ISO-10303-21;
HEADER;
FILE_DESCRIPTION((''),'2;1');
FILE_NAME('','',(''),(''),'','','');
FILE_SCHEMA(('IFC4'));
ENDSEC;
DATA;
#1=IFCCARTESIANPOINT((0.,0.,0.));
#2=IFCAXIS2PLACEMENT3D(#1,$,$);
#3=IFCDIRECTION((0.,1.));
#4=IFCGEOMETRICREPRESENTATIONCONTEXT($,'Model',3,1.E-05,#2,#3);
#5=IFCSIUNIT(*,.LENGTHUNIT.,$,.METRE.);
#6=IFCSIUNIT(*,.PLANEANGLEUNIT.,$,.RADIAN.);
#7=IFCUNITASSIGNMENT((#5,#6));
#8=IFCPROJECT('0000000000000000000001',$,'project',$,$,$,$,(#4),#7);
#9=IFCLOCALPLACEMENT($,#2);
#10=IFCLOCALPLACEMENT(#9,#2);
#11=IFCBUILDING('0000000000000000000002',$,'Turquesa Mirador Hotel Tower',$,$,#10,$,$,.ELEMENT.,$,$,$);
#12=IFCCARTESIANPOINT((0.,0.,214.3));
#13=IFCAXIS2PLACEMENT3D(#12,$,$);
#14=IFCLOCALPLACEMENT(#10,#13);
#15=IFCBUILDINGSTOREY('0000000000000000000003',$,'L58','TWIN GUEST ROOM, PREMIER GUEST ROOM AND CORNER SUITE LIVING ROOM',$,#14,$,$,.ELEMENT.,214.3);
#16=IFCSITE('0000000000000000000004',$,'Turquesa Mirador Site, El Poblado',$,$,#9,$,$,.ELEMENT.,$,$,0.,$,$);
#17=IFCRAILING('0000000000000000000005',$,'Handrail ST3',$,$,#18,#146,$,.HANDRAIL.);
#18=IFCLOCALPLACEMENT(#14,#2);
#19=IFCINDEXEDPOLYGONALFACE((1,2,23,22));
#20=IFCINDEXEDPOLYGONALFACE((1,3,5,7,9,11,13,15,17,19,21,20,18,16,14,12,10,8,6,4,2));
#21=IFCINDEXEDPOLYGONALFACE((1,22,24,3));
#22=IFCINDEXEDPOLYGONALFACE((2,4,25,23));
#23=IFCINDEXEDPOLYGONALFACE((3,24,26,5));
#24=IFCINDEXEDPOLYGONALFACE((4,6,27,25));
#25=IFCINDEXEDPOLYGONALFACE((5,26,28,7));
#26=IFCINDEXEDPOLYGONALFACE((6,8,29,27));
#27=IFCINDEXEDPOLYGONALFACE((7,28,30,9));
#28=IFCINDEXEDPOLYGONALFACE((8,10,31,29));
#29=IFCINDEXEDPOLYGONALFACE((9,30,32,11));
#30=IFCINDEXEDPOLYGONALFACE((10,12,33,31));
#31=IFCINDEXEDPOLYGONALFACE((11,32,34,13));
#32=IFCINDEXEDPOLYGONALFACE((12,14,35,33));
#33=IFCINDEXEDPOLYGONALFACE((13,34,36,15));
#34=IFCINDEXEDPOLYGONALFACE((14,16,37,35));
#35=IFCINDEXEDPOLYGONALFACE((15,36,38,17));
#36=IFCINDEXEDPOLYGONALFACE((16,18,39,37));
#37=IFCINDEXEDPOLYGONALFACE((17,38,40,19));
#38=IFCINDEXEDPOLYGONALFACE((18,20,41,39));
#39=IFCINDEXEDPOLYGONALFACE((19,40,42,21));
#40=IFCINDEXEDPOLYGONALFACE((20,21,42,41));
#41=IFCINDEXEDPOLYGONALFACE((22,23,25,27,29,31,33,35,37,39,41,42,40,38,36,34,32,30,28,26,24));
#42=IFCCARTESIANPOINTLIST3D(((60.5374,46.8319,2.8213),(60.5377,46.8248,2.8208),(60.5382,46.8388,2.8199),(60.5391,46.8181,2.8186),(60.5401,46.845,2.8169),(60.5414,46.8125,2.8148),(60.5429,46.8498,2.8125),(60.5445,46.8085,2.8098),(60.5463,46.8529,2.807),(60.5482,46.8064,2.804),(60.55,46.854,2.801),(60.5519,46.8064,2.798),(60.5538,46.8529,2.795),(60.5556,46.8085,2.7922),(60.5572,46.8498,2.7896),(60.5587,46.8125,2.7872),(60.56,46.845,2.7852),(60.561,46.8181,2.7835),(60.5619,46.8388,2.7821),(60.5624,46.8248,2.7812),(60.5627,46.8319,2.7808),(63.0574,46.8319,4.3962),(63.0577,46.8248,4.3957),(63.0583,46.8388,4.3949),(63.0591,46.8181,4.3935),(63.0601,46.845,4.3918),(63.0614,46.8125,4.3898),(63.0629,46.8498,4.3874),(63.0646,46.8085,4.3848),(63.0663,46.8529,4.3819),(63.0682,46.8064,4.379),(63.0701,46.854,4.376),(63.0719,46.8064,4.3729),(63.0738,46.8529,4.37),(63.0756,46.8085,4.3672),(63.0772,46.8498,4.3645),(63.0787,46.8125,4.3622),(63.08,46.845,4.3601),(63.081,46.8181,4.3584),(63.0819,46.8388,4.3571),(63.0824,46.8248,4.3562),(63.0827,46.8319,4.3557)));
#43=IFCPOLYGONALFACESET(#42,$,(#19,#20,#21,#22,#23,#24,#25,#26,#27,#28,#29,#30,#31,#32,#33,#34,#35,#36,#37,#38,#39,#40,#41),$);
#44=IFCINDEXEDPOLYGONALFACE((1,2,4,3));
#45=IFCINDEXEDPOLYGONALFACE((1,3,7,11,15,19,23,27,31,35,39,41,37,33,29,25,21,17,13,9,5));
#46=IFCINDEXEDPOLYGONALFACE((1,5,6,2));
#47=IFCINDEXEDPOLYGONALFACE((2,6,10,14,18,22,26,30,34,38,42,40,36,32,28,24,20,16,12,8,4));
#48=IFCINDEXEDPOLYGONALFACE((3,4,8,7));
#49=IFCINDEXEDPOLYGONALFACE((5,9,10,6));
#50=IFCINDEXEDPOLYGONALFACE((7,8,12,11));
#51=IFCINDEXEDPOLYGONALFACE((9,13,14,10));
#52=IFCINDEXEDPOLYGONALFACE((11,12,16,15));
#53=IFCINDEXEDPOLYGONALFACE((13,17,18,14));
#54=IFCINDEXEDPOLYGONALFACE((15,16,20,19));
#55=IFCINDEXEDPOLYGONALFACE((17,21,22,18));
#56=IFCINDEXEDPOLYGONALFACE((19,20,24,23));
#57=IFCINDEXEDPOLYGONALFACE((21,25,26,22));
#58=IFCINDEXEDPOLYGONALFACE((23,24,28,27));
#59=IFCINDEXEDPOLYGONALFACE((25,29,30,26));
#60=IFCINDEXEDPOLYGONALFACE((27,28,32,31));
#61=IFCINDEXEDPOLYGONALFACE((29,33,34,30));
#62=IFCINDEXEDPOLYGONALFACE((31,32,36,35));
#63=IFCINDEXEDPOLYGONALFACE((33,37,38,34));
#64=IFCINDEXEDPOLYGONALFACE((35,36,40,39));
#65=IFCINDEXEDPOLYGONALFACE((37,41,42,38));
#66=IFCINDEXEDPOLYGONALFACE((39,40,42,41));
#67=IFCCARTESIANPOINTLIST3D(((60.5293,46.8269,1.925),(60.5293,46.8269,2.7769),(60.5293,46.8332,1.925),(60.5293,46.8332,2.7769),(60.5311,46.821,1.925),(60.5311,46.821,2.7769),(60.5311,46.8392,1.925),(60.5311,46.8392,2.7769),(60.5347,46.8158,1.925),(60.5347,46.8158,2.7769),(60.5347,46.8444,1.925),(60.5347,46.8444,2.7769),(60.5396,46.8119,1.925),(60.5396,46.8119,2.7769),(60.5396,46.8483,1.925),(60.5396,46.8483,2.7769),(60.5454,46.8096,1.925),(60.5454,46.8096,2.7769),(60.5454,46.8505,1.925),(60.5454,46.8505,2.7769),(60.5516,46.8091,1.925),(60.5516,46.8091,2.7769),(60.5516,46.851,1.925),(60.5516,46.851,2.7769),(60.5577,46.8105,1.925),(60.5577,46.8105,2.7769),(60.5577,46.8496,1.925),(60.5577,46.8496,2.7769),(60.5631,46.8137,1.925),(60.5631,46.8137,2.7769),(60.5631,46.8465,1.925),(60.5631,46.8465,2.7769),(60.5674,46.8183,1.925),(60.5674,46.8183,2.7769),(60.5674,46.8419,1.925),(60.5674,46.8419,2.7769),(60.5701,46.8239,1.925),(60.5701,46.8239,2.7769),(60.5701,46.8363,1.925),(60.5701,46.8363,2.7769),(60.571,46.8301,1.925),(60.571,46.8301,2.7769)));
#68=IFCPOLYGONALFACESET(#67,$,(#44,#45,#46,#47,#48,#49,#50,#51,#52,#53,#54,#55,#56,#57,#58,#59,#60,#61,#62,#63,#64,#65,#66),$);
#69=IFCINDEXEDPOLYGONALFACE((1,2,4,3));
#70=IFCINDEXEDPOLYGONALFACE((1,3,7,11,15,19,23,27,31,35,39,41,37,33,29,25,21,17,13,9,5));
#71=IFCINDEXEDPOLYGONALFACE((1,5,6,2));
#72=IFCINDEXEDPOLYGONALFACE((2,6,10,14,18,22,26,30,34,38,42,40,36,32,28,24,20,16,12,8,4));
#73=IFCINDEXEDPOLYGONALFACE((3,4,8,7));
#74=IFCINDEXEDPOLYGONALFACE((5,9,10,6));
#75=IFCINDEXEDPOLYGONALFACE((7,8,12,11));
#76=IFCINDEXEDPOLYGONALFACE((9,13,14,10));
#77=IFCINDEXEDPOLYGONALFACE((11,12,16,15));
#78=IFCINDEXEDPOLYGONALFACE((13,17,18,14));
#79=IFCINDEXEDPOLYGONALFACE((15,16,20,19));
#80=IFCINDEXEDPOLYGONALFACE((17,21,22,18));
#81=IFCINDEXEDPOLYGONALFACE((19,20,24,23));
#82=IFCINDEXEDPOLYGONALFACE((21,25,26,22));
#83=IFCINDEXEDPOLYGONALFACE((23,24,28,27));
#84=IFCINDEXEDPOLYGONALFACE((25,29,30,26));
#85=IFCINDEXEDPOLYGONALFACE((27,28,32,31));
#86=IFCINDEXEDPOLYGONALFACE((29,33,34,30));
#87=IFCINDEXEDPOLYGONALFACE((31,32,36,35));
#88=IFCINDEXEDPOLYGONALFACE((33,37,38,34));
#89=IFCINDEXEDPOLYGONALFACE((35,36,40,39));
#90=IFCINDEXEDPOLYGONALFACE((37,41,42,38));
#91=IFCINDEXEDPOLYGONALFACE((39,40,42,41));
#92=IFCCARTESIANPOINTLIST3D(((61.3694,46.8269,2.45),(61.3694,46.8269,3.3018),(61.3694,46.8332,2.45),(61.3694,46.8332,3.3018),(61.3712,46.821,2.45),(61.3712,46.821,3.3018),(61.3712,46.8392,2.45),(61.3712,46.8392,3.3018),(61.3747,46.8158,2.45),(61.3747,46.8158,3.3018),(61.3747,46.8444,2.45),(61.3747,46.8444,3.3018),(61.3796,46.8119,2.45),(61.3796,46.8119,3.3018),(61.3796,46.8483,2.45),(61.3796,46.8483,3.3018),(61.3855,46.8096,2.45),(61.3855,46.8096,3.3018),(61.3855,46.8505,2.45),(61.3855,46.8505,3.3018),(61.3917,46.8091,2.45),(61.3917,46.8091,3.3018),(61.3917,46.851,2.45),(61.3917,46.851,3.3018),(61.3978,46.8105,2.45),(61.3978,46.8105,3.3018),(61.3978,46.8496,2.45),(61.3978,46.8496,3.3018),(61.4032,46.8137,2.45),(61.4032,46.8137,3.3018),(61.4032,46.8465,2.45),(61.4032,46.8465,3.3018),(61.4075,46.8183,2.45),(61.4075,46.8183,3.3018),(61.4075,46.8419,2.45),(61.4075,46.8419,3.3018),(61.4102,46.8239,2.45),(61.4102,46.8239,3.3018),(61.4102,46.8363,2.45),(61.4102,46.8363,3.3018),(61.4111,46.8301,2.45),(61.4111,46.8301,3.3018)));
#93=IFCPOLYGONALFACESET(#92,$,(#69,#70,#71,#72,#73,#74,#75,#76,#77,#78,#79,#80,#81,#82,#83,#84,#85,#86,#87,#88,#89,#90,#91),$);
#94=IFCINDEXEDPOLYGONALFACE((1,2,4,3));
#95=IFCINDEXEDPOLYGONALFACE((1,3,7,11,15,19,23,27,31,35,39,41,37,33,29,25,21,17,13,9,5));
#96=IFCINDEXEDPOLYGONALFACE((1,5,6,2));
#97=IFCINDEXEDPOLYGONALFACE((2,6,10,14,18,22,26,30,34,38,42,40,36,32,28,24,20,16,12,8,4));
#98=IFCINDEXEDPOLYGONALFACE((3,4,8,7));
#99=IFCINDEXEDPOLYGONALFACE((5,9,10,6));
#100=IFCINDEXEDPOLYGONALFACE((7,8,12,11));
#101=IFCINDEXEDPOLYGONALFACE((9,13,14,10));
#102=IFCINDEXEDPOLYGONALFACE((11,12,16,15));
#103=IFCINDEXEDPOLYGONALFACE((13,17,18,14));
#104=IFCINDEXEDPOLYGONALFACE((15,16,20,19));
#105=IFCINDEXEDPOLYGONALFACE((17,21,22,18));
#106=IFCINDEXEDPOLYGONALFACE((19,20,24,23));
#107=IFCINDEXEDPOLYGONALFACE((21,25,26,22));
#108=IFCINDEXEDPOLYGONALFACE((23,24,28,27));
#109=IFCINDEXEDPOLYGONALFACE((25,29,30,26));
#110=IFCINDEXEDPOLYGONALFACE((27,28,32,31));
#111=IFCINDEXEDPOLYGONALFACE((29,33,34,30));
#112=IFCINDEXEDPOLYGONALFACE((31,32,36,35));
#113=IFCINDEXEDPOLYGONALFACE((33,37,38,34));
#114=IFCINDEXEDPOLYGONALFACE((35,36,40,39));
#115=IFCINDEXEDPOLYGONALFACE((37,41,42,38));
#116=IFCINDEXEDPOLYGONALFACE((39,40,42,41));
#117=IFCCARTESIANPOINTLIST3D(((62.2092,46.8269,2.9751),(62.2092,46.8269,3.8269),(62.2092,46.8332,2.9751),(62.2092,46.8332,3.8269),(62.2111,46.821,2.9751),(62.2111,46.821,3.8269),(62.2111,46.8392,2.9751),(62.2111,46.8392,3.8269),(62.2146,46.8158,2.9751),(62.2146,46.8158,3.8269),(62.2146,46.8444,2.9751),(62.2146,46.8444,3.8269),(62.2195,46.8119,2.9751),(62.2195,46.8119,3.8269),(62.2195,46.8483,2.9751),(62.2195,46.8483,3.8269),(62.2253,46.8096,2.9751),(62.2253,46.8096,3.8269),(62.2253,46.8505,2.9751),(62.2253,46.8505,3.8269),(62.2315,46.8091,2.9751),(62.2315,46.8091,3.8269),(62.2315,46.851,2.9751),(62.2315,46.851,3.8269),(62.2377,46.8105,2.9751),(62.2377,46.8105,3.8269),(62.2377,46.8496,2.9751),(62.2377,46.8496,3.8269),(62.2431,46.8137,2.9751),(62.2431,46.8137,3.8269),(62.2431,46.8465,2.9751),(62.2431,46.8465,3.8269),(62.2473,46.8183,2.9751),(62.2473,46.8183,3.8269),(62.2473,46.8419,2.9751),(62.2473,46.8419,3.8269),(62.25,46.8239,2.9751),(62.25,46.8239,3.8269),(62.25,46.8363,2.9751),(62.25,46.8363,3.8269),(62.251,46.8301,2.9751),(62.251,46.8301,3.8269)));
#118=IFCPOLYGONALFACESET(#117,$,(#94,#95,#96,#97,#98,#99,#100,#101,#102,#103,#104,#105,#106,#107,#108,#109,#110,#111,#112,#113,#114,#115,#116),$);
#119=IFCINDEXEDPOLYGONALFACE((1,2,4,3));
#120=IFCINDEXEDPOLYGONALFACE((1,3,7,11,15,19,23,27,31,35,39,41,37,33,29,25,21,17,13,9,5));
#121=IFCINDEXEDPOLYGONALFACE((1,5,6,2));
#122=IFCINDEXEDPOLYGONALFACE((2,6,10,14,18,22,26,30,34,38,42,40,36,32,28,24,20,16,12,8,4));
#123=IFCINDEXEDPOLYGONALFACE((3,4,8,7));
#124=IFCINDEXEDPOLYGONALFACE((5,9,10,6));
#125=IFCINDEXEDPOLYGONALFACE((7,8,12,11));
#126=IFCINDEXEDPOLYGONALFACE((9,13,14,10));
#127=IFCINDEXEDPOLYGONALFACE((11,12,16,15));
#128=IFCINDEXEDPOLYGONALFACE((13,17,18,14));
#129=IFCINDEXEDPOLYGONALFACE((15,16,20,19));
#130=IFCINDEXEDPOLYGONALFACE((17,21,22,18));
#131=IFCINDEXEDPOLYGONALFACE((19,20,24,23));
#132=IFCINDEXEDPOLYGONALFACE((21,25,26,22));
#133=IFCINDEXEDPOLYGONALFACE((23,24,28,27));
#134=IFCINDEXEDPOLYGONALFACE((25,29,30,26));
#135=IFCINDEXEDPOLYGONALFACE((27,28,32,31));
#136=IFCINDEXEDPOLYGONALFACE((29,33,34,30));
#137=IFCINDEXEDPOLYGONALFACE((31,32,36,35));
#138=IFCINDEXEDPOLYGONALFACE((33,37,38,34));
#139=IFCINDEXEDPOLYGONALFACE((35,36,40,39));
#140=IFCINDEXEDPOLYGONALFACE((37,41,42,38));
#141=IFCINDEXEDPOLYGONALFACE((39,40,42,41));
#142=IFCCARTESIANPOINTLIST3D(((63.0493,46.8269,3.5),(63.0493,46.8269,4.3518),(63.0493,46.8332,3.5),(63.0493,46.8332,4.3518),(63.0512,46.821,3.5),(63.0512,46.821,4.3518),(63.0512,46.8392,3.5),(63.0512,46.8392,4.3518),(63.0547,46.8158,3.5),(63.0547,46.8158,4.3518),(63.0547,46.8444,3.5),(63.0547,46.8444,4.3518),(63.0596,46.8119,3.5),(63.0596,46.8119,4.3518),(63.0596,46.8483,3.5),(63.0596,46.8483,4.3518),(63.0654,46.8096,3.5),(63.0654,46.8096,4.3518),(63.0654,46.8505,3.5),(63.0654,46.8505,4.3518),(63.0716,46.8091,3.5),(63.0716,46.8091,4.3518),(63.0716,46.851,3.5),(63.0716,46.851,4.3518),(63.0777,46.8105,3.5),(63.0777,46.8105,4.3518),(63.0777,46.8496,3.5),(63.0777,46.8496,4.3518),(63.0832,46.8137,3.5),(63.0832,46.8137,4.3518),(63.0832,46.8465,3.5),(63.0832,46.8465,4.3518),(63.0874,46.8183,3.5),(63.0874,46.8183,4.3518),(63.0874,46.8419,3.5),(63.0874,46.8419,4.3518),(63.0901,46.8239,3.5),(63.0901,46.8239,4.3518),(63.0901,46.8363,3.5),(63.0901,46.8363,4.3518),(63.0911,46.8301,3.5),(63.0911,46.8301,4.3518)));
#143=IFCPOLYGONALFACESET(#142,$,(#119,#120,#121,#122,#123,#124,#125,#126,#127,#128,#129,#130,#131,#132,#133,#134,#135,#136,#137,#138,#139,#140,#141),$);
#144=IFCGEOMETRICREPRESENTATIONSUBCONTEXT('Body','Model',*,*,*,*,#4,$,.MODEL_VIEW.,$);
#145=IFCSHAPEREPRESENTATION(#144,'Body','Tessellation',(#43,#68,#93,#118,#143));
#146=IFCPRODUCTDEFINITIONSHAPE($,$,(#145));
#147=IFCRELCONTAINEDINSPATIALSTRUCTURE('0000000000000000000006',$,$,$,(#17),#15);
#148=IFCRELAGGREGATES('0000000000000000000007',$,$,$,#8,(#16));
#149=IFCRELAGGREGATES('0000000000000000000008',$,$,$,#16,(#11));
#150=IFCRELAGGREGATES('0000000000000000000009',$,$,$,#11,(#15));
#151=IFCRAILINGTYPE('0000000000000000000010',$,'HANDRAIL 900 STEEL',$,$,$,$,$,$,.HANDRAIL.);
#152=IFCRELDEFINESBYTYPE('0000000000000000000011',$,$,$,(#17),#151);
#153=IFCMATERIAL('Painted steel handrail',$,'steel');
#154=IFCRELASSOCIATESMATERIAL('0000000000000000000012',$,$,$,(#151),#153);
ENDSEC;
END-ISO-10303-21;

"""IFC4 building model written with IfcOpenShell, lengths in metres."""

from ifc_helpers import new_model, si_unit, direction, frame, origin, origin_2d, place, context, subcontext, project, spatial, circle, extrude, material, type_object, element, save


model = new_model("IFC4")

# Units and contexts
model_context = context("Model", 3, precision=1e-05, world=origin(), true_north=direction((0.0, 1.0)))
body_context = subcontext(model_context, "Body", "Model", "MODEL_VIEW")
ifc_project = project(units=[si_unit("LENGTHUNIT", "METRE"), si_unit("PLANEANGLEUNIT", "RADIAN")], contexts=[model_context])

# Site, building, storey
site_placement = place(None, origin())
site = spatial("IfcSite", under=ifc_project, at=site_placement, Name="Turquesa Mirador Site, El Poblado", CompositionType="ELEMENT", RefElevation=0.0)
building_placement = place(site_placement, origin())
building = spatial("IfcBuilding", under=site, at=building_placement, Name="Turquesa Mirador Hotel Tower", CompositionType="ELEMENT")
storey_placement = place(building_placement, frame((0.0, 0.0, 214.3)))
storey = spatial("IfcBuildingStorey", under=building, at=storey_placement, Name="L58", Description="TWIN GUEST ROOM, PREMIER GUEST ROOM AND CORNER SUITE LIVING ROOM", CompositionType="ELEMENT", Elevation=214.3)

# Railing
ifc_material_1 = material(Name="Painted steel handrail", Category="steel")
railing_type = type_object("IfcRailingType", Name="HANDRAIL 900 STEEL", PredefinedType="HANDRAIL", material=ifc_material_1)
railing_1_placement = place(storey_placement, frame((60.55, 46.8301, 1.925)))
element("IfcRailing", 1, at=railing_1_placement, inside=storey, type_object=railing_type, Name="Handrail ST3", PredefinedType="HANDRAIL", context=body_context, shape_type="SweptSolid", body=[
    extrude(circle(Radius=0.0239, at=origin_2d()), frame((0.0, 0.0, 0.876), z_axis=(0.848008, 0.0, 0.529984), x_axis=(0.0, 1.0, 0.0)), (0.0, 0.0, 1.0), 2.9717),
    extrude(circle(Radius=0.021, at=origin_2d()), origin(), (0.0, 0.0, 1.0), 0.8518),
    extrude(circle(Radius=0.021, at=origin_2d()), frame((0.8401, 0.0, 0.5249)), (0.0, 0.0, 1.0), 0.8518),
    extrude(circle(Radius=0.021, at=origin_2d()), frame((1.6799, 0.0, 1.05)), (0.0, 0.0, 1.0), 0.8518),
    extrude(circle(Radius=0.021, at=origin_2d()), frame((2.52, 0.0, 1.575)), (0.0, 0.0, 1.0), 0.8518),
])

save(model, "model.ifc")
